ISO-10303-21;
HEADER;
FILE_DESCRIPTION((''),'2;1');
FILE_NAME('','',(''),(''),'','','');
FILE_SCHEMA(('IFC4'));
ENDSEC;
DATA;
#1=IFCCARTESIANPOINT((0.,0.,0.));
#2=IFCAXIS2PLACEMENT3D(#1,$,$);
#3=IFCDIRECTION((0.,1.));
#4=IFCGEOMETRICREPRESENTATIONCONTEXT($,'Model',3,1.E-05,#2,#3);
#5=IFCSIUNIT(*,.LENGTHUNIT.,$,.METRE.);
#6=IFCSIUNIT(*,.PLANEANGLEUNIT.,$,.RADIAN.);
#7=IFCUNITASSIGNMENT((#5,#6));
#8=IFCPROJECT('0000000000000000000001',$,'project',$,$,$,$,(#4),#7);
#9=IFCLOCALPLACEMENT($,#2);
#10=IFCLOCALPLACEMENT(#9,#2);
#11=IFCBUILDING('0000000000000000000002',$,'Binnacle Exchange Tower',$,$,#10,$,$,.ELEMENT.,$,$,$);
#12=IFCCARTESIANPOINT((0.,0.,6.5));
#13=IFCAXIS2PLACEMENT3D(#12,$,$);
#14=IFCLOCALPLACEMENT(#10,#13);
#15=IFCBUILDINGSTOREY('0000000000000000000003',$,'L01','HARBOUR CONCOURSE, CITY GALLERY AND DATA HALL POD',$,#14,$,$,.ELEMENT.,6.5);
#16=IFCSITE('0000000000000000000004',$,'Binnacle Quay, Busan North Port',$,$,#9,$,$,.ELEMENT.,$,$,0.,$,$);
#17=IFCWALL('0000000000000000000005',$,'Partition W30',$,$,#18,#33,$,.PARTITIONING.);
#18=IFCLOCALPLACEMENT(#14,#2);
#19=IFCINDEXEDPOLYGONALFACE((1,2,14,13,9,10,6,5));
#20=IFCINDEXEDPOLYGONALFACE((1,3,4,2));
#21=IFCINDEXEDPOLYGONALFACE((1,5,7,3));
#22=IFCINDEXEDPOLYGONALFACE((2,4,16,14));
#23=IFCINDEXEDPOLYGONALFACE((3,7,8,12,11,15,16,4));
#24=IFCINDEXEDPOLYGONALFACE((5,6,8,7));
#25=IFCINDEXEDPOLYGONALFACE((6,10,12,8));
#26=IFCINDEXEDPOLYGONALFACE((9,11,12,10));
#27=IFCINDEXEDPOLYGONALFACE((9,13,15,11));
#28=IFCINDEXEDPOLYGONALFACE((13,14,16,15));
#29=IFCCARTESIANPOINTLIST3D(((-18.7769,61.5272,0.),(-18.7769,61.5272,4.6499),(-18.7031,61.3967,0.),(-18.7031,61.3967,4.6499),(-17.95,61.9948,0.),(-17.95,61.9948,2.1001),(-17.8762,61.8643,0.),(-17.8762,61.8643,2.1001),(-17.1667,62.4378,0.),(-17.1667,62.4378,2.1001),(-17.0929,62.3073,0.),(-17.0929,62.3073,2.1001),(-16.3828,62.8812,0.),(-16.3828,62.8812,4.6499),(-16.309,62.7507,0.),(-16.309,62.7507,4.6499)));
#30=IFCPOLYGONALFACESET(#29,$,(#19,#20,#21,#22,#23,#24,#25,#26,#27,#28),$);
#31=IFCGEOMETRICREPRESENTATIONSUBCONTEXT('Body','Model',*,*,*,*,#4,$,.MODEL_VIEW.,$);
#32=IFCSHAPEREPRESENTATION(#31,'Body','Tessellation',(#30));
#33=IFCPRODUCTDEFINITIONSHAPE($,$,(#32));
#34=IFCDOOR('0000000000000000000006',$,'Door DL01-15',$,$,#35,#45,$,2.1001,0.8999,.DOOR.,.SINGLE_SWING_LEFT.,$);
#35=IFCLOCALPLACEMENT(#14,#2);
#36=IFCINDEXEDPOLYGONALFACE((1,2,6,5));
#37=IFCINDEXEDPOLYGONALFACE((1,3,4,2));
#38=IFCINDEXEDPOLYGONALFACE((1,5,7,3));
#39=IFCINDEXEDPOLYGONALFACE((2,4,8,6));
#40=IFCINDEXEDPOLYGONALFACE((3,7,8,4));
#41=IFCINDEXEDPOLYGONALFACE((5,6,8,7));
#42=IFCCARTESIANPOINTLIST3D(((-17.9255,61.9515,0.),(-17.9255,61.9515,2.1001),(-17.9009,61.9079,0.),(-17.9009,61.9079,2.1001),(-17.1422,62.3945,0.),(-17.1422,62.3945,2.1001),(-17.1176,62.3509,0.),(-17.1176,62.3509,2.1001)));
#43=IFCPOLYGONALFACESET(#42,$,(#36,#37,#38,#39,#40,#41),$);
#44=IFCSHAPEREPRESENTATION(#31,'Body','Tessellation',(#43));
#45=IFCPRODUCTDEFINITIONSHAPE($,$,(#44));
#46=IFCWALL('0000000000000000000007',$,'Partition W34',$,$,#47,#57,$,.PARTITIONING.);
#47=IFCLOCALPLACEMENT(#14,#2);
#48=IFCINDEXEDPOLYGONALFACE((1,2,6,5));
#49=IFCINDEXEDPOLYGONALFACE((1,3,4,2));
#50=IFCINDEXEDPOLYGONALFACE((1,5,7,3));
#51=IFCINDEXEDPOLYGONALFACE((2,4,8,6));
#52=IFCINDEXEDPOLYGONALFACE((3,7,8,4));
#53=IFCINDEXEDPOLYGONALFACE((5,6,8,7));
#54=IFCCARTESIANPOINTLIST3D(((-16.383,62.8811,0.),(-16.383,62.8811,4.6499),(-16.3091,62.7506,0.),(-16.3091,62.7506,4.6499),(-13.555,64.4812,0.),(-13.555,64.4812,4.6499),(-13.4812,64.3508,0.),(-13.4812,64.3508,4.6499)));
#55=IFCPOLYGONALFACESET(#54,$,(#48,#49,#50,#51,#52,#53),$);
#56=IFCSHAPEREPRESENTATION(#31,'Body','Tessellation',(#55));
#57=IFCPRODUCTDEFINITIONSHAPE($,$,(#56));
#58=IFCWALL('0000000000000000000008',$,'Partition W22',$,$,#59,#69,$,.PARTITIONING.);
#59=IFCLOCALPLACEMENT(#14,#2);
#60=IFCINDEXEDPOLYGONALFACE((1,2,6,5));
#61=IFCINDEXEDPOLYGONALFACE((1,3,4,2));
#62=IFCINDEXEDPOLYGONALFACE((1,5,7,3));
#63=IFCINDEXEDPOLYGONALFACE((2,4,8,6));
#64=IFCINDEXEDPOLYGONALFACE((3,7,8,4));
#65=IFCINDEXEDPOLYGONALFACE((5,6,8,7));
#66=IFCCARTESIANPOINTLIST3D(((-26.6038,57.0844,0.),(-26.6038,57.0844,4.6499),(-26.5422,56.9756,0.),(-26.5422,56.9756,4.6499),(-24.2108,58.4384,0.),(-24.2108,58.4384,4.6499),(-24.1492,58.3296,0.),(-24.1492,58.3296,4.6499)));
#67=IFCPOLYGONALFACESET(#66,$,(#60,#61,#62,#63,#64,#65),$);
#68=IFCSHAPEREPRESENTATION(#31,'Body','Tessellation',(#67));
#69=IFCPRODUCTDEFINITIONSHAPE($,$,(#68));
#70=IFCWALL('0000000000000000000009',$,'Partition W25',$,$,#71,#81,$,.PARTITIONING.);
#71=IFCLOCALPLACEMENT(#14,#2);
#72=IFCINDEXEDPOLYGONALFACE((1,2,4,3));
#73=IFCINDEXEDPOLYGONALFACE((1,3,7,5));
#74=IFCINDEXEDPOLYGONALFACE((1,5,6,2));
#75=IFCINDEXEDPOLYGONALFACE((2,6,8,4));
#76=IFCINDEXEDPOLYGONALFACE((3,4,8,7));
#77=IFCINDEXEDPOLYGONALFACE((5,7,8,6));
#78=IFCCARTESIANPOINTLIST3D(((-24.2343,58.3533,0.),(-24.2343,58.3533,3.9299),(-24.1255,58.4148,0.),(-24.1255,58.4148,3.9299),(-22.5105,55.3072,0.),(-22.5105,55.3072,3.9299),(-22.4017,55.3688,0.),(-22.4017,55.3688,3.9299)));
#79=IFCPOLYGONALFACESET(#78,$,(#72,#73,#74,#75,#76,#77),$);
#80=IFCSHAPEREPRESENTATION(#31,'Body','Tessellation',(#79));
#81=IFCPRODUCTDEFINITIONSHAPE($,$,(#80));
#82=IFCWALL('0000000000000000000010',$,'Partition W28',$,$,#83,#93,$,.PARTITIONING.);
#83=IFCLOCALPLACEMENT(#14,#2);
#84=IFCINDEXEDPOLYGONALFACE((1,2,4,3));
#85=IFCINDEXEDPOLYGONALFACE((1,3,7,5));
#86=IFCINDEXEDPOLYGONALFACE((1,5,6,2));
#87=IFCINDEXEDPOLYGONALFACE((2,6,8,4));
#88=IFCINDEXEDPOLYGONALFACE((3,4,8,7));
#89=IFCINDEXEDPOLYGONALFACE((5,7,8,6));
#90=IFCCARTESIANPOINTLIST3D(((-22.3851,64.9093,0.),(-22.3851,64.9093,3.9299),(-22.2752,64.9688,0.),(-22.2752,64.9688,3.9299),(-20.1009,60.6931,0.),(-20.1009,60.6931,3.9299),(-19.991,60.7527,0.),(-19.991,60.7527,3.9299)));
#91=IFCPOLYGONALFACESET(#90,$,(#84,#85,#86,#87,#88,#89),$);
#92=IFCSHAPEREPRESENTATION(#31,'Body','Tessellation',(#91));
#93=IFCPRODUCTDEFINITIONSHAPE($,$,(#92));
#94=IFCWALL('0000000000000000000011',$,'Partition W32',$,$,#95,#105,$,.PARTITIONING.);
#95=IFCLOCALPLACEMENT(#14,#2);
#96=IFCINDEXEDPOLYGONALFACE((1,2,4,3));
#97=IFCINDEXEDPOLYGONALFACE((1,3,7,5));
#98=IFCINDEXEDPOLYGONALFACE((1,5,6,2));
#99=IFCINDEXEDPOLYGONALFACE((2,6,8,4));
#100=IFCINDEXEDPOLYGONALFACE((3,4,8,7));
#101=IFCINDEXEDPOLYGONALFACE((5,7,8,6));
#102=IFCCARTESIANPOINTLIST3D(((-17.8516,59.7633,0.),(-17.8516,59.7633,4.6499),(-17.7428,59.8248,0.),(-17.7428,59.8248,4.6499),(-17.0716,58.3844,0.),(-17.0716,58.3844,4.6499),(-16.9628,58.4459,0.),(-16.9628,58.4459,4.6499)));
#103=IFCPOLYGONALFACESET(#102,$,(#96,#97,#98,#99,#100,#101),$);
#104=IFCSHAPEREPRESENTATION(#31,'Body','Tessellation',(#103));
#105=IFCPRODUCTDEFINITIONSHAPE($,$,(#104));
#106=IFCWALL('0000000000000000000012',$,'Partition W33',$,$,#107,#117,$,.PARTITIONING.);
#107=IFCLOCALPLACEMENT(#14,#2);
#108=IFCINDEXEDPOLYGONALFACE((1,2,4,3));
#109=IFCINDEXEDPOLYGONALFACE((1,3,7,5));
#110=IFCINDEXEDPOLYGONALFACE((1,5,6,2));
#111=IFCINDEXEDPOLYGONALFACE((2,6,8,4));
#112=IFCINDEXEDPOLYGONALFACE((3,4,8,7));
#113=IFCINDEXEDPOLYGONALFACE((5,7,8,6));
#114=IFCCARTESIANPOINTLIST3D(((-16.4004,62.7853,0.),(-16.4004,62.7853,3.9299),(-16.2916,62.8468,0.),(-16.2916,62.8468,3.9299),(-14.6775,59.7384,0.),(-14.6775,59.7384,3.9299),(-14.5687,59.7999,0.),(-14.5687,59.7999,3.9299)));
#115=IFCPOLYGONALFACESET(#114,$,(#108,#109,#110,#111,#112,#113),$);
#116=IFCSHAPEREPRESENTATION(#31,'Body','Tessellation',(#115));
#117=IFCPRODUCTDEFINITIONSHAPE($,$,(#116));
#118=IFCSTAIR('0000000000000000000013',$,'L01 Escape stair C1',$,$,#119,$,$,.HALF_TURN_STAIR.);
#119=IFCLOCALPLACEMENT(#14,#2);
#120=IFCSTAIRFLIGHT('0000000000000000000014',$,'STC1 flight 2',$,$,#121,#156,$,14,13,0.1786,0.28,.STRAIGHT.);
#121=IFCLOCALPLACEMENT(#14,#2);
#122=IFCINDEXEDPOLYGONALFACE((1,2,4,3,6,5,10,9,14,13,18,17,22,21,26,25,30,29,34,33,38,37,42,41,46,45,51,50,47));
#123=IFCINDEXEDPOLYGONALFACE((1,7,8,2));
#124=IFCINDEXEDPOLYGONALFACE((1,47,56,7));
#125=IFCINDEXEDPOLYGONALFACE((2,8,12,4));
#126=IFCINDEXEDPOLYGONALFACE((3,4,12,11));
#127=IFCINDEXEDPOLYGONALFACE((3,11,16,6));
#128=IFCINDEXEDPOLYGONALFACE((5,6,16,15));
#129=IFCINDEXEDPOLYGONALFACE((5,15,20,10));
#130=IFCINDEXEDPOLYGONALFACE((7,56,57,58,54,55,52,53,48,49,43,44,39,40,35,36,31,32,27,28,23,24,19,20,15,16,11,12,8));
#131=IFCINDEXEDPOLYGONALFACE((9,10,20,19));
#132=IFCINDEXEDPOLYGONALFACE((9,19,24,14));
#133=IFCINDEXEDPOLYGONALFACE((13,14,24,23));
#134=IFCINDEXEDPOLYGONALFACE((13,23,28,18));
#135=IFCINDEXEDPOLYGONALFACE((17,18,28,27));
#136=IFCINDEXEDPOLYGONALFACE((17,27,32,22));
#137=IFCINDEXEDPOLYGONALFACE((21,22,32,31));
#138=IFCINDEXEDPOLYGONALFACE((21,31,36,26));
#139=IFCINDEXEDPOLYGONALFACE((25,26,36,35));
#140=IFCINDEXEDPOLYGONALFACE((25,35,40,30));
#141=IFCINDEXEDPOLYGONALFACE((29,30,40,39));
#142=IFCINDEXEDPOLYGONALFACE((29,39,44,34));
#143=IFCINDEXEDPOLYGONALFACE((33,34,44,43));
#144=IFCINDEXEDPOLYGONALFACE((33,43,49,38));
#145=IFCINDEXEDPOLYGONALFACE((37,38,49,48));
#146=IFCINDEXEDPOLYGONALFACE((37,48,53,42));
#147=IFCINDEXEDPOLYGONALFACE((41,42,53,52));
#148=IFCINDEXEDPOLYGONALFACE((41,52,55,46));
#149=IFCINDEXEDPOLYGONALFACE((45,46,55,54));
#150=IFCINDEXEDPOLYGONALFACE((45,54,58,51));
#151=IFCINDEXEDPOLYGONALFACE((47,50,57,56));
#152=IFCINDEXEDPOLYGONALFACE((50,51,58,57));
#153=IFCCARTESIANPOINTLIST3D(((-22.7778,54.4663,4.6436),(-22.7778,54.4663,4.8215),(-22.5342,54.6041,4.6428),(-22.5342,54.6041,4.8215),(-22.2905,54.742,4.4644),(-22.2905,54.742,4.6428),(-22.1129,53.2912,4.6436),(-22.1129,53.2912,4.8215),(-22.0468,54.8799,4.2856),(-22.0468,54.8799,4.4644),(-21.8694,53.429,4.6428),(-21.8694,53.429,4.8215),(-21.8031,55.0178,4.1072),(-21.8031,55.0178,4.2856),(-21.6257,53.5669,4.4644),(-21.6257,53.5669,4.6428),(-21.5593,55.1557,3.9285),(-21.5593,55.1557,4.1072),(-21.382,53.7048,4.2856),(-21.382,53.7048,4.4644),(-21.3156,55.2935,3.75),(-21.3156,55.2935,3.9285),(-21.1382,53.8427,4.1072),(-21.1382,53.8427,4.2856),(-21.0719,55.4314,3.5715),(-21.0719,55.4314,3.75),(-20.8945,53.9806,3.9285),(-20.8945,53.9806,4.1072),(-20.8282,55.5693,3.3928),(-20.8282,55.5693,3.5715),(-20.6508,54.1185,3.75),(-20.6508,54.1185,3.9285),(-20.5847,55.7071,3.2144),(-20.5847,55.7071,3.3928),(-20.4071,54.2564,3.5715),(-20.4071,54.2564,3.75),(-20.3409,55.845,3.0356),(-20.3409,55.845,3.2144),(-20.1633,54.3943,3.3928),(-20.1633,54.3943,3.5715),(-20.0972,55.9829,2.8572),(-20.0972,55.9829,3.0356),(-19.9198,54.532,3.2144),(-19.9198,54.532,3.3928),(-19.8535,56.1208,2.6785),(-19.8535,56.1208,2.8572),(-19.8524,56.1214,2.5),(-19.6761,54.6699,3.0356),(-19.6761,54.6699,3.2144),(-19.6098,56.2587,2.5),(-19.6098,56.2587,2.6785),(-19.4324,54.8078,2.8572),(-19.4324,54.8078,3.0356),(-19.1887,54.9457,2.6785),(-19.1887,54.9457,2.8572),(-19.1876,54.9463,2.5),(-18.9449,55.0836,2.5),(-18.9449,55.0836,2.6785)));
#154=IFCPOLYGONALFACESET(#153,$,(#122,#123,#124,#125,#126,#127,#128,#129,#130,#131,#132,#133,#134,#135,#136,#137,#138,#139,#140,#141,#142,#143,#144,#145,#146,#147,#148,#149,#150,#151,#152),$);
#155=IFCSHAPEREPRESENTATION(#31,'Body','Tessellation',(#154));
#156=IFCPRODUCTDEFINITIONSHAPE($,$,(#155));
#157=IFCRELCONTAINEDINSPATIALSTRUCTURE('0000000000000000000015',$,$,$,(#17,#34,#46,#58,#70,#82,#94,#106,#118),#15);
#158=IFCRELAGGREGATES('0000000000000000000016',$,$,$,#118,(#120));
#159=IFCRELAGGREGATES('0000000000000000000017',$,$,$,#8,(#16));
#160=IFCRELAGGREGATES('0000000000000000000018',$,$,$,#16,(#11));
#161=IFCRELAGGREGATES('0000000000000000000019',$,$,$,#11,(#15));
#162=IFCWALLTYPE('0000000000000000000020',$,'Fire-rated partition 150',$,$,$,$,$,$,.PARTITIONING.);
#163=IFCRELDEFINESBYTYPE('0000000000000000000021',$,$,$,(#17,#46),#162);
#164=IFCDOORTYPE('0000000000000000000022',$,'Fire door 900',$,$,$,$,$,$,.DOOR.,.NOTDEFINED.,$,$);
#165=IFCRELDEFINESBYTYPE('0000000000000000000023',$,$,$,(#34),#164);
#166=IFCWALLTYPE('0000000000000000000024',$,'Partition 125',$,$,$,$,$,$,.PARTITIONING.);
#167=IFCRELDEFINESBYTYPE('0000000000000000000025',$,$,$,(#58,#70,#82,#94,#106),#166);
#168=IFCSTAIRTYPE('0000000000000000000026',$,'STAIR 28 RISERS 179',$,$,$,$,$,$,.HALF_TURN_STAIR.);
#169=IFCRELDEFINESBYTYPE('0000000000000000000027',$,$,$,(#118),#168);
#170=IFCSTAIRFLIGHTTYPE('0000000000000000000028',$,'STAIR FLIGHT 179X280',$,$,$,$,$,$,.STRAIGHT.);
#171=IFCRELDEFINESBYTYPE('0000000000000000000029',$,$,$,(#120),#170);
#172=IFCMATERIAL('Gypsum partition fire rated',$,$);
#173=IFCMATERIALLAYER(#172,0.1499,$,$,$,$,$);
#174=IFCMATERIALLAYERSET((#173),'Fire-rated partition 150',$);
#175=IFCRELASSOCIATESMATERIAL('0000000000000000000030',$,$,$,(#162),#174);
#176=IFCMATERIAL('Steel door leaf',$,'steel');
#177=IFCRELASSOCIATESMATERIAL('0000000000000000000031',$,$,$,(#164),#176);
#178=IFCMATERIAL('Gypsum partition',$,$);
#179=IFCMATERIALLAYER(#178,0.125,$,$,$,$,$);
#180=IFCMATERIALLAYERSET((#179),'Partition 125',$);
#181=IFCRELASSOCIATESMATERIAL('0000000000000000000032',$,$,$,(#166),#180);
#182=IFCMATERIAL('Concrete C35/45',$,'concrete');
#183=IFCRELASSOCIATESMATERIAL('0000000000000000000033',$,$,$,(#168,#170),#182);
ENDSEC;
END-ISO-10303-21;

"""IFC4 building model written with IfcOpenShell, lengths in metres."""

from ifc_helpers import new_model, si_unit, direction, frame, frame_2d, origin, place, context, subcontext, project, spatial, polyline, rectangle, outline, extrude, material, layer, layer_set, type_object, element, fill, aggregate, save


model = new_model("IFC4")

# Units and contexts
model_context = context("Model", 3, precision=1e-05, world=origin(), true_north=direction((0.0, 1.0)))
body_context = subcontext(model_context, "Body", "Model", "MODEL_VIEW")
ifc_project = project(units=[si_unit("LENGTHUNIT", "METRE"), si_unit("PLANEANGLEUNIT", "RADIAN")], contexts=[model_context])

# Site, building, storey
site_placement = place(None, origin())
site = spatial("IfcSite", under=ifc_project, at=site_placement, Name="Binnacle Quay, Busan North Port", CompositionType="ELEMENT", RefElevation=0.0)
building_placement = place(site_placement, origin())
building = spatial("IfcBuilding", under=site, at=building_placement, Name="Binnacle Exchange Tower", CompositionType="ELEMENT")
storey_placement = place(building_placement, frame((0.0, 0.0, 6.5)))
storey = spatial("IfcBuildingStorey", under=building, at=storey_placement, Name="L01", Description="HARBOUR CONCOURSE, CITY GALLERY AND DATA HALL POD", CompositionType="ELEMENT", Elevation=6.5)

# Shared definitions
ifc_material_1 = material(Name="Gypsum partition fire rated")
ifc_layer_1 = layer(ifc_material_1, 0.1499)
ifc_layer_set_1 = layer_set([ifc_layer_1], Name="Fire-rated partition 150")
wall_type_1 = type_object("IfcWallType", Name="Fire-rated partition 150", PredefinedType="PARTITIONING", material=ifc_layer_set_1)
ifc_material_2 = material(Name="Steel door leaf", Category="steel")
door_type = type_object("IfcDoorType", Name="Fire door 900", OperationType="NOTDEFINED", PredefinedType="DOOR", material=ifc_material_2)

# Wall, opening, door
wall_1_placement = place(storey_placement, frame((-18.74, 61.4619, 0.0), z_axis=(0.0, 0.0, 1.0), x_axis=(0.870431, 0.492291, 0.0)))
wall_1 = element("IfcWall", 1, at=wall_1_placement, inside=storey, type_object=wall_type_1, Name="Partition W30", PredefinedType="PARTITIONING", context=body_context, shape_type="SweptSolid", body=[
    extrude(rectangle(XDim=2.7505, YDim=0.1499, at=frame_2d((1.3752, 0.0))), origin(), (0.0, 0.0, 1.0), 4.6499),
])
opening_1_placement = place(wall_1_placement, frame((0.95, 0.0, 0.0)))
opening_1 = element("IfcOpeningElement", 2, at=opening_1_placement, cuts=wall_1, PredefinedType="OPENING", context=body_context, shape_type="SweptSolid", body=[
    extrude(rectangle(XDim=0.8999, YDim=2.1001, at=frame_2d((0.45, 1.05))), frame((0.0, 0.085, 0.0), z_axis=(0.0, -1.0, 0.0), x_axis=(1.0, 0.0, 0.0)), (0.0, 0.0, 1.0), 0.1699),
])
door_1_placement = place(opening_1_placement, frame((0.8999, 0.0, 0.0), z_axis=(0.0, 0.0, 1.0), x_axis=(-1.0, 0.0, 0.0)))
door_1 = element("IfcDoor", 3, at=door_1_placement, inside=storey, type_object=door_type, Name="Door DL01-15", OperationType="SINGLE_SWING_LEFT", OverallHeight=2.1001, OverallWidth=0.8999, PredefinedType="DOOR", context=body_context, shape_type="SweptSolid", body=[
    extrude(rectangle(XDim=0.8999, YDim=2.1001, at=frame_2d((0.45, 1.05))), frame((0.0, 0.0249, 0.0), z_axis=(0.0, -1.0, 0.0), x_axis=(1.0, 0.0, 0.0)), (0.0, 0.0, 1.0), 0.05),
])
fill(opening_1, door_1)

# Walls
wall_2_placement = place(storey_placement, frame((-16.3459, 62.8159, 0.0), z_axis=(0.0, 0.0, 1.0), x_axis=(0.870335, 0.492461, 0.0)))
element("IfcWall", 4, at=wall_2_placement, inside=storey, type_object=wall_type_1, Name="Partition W34", PredefinedType="PARTITIONING", context=body_context, shape_type="SweptSolid", body=[
    extrude(rectangle(XDim=3.2493, YDim=0.1499, at=frame_2d((1.6245, 0.0))), origin(), (0.0, 0.0, 1.0), 4.6499),
])
ifc_material_3 = material(Name="Gypsum partition")
ifc_layer_2 = layer(ifc_material_3, 0.125)
ifc_layer_set_2 = layer_set([ifc_layer_2], Name="Partition 125")
wall_type_2 = type_object("IfcWallType", Name="Partition 125", PredefinedType="PARTITIONING", material=ifc_layer_set_2)
wall_3_placement = place(storey_placement, frame((-26.573, 57.03, 0.0), z_axis=(0.0, 0.0, 1.0), x_axis=(0.870344, 0.492443, 0.0)))
element("IfcWall", 5, at=wall_3_placement, inside=storey, type_object=wall_type_2, Name="Partition W22", PredefinedType="PARTITIONING", context=body_context, shape_type="SweptSolid", body=[
    extrude(rectangle(XDim=2.7495, YDim=0.125, at=frame_2d((1.3748, 0.0))), origin(), (0.0, 0.0, 1.0), 4.6499),
])
wall_4_placement = place(storey_placement, frame((-24.1799, 58.384, 0.0), z_axis=(0.0, 0.0, 1.0), x_axis=(0.492521, -0.8703, 0.0)))
element("IfcWall", 6, at=wall_4_placement, inside=storey, type_object=wall_type_2, Name="Partition W25", PredefinedType="PARTITIONING", context=body_context, shape_type="SweptSolid", body=[
    extrude(rectangle(XDim=3.5, YDim=0.125, at=frame_2d((1.75, 0.0))), origin(), (0.0, 0.0, 1.0), 3.9299),
])
wall_5_placement = place(storey_placement, frame((-22.3301, 64.939, 0.0), z_axis=(0.0, 0.0, 1.0), x_axis=(0.47636, -0.87925, 0.0)))
element("IfcWall", 7, at=wall_5_placement, inside=storey, type_object=wall_type_2, Name="Partition W28", PredefinedType="PARTITIONING", context=body_context, shape_type="SweptSolid", body=[
    extrude(rectangle(XDim=4.7952, YDim=0.125, at=frame_2d((2.3975, 0.0))), origin(), (0.0, 0.0, 1.0), 3.9299),
])
wall_6_placement = place(storey_placement, frame((-17.7971, 59.7939, 0.0), z_axis=(0.0, 0.0, 1.0), x_axis=(0.492367, -0.870388, 0.0)))
element("IfcWall", 8, at=wall_6_placement, inside=storey, type_object=wall_type_2, Name="Partition W32", PredefinedType="PARTITIONING", context=body_context, shape_type="SweptSolid", body=[
    extrude(rectangle(XDim=1.5842, YDim=0.125, at=frame_2d((0.792, 0.0))), origin(), (0.0, 0.0, 1.0), 4.6499),
])
wall_7_placement = place(storey_placement, frame((-16.3459, 62.8159, 0.0), z_axis=(0.0, 0.0, 1.0), x_axis=(0.49222, -0.870471, 0.0)))
element("IfcWall", 9, at=wall_7_placement, inside=storey, type_object=wall_type_2, Name="Partition W33", PredefinedType="PARTITIONING", context=body_context, shape_type="SweptSolid", body=[
    extrude(rectangle(XDim=3.5002, YDim=0.125, at=frame_2d((1.75, 0.0))), origin(), (0.0, 0.0, 1.0), 3.9299),
])

# Stair, stair flight
ifc_material_4 = material(Name="Concrete C35/45", Category="concrete")
stair_type = type_object("IfcStairType", Name="STAIR 28 RISERS 179", PredefinedType="HALF_TURN_STAIR", material=ifc_material_4)
stair_placement = place(storey_placement, origin())
stair = element("IfcStair", 10, at=stair_placement, inside=storey, type_object=stair_type, Name="L01 Escape stair C1", PredefinedType="HALF_TURN_STAIR")
stair_flight_type = type_object("IfcStairFlightType", Name="STAIR FLIGHT 179X280", PredefinedType="STRAIGHT", material=ifc_material_4)
stair_flight_placement = place(storey_placement, frame((-19.2773, 55.6711, 2.5), z_axis=(0.0, 0.0, 1.0), x_axis=(-0.870356, -0.492424, 0.0)))
stair_flight = element("IfcStairFlight", 11, at=stair_flight_placement, type_object=stair_flight_type, Name="STC1 flight 2", NumberOfRisers=14, NumberOfTreads=13, PredefinedType="STRAIGHT", RiserHeight=0.1786, TreadLength=0.28, context=body_context, shape_type="SweptSolid", body=[
    extrude(outline(polyline([(0.0, 0.0), (0.0, 0.1785), (0.28, 0.1785), (0.28, 0.3572), (0.5601, 0.3572), (0.5601, 0.5356), (0.8401, 0.5356), (0.8401, 0.7144), (1.1201, 0.7144), (1.1201, 0.8928), (1.3999, 0.8928), (1.3999, 1.0715), (1.6799, 1.0715), (1.6799, 1.25), (1.96, 1.25), (1.96, 1.4285), (2.24, 1.4285), (2.24, 1.6072), (2.52, 1.6072), (2.52, 1.7856), (2.8, 1.7856), (2.8, 1.9644), (3.0801, 1.9644), (3.0801, 2.1428), (3.3601, 2.1428), (3.3601, 2.3215), (3.6399, 2.3215), (3.6399, 2.5), (3.6399, 2.1436), (0.2788, 0.0), (0.0, 0.0)])), frame((0.0, 0.675, 0.0), z_axis=(0.0, -1.0, 0.0), x_axis=(1.0, 0.0, 0.0)), (0.0, 0.0, 1.0), 1.3501),
])
aggregate(stair, [stair_flight])

save(model, "model.ifc")
